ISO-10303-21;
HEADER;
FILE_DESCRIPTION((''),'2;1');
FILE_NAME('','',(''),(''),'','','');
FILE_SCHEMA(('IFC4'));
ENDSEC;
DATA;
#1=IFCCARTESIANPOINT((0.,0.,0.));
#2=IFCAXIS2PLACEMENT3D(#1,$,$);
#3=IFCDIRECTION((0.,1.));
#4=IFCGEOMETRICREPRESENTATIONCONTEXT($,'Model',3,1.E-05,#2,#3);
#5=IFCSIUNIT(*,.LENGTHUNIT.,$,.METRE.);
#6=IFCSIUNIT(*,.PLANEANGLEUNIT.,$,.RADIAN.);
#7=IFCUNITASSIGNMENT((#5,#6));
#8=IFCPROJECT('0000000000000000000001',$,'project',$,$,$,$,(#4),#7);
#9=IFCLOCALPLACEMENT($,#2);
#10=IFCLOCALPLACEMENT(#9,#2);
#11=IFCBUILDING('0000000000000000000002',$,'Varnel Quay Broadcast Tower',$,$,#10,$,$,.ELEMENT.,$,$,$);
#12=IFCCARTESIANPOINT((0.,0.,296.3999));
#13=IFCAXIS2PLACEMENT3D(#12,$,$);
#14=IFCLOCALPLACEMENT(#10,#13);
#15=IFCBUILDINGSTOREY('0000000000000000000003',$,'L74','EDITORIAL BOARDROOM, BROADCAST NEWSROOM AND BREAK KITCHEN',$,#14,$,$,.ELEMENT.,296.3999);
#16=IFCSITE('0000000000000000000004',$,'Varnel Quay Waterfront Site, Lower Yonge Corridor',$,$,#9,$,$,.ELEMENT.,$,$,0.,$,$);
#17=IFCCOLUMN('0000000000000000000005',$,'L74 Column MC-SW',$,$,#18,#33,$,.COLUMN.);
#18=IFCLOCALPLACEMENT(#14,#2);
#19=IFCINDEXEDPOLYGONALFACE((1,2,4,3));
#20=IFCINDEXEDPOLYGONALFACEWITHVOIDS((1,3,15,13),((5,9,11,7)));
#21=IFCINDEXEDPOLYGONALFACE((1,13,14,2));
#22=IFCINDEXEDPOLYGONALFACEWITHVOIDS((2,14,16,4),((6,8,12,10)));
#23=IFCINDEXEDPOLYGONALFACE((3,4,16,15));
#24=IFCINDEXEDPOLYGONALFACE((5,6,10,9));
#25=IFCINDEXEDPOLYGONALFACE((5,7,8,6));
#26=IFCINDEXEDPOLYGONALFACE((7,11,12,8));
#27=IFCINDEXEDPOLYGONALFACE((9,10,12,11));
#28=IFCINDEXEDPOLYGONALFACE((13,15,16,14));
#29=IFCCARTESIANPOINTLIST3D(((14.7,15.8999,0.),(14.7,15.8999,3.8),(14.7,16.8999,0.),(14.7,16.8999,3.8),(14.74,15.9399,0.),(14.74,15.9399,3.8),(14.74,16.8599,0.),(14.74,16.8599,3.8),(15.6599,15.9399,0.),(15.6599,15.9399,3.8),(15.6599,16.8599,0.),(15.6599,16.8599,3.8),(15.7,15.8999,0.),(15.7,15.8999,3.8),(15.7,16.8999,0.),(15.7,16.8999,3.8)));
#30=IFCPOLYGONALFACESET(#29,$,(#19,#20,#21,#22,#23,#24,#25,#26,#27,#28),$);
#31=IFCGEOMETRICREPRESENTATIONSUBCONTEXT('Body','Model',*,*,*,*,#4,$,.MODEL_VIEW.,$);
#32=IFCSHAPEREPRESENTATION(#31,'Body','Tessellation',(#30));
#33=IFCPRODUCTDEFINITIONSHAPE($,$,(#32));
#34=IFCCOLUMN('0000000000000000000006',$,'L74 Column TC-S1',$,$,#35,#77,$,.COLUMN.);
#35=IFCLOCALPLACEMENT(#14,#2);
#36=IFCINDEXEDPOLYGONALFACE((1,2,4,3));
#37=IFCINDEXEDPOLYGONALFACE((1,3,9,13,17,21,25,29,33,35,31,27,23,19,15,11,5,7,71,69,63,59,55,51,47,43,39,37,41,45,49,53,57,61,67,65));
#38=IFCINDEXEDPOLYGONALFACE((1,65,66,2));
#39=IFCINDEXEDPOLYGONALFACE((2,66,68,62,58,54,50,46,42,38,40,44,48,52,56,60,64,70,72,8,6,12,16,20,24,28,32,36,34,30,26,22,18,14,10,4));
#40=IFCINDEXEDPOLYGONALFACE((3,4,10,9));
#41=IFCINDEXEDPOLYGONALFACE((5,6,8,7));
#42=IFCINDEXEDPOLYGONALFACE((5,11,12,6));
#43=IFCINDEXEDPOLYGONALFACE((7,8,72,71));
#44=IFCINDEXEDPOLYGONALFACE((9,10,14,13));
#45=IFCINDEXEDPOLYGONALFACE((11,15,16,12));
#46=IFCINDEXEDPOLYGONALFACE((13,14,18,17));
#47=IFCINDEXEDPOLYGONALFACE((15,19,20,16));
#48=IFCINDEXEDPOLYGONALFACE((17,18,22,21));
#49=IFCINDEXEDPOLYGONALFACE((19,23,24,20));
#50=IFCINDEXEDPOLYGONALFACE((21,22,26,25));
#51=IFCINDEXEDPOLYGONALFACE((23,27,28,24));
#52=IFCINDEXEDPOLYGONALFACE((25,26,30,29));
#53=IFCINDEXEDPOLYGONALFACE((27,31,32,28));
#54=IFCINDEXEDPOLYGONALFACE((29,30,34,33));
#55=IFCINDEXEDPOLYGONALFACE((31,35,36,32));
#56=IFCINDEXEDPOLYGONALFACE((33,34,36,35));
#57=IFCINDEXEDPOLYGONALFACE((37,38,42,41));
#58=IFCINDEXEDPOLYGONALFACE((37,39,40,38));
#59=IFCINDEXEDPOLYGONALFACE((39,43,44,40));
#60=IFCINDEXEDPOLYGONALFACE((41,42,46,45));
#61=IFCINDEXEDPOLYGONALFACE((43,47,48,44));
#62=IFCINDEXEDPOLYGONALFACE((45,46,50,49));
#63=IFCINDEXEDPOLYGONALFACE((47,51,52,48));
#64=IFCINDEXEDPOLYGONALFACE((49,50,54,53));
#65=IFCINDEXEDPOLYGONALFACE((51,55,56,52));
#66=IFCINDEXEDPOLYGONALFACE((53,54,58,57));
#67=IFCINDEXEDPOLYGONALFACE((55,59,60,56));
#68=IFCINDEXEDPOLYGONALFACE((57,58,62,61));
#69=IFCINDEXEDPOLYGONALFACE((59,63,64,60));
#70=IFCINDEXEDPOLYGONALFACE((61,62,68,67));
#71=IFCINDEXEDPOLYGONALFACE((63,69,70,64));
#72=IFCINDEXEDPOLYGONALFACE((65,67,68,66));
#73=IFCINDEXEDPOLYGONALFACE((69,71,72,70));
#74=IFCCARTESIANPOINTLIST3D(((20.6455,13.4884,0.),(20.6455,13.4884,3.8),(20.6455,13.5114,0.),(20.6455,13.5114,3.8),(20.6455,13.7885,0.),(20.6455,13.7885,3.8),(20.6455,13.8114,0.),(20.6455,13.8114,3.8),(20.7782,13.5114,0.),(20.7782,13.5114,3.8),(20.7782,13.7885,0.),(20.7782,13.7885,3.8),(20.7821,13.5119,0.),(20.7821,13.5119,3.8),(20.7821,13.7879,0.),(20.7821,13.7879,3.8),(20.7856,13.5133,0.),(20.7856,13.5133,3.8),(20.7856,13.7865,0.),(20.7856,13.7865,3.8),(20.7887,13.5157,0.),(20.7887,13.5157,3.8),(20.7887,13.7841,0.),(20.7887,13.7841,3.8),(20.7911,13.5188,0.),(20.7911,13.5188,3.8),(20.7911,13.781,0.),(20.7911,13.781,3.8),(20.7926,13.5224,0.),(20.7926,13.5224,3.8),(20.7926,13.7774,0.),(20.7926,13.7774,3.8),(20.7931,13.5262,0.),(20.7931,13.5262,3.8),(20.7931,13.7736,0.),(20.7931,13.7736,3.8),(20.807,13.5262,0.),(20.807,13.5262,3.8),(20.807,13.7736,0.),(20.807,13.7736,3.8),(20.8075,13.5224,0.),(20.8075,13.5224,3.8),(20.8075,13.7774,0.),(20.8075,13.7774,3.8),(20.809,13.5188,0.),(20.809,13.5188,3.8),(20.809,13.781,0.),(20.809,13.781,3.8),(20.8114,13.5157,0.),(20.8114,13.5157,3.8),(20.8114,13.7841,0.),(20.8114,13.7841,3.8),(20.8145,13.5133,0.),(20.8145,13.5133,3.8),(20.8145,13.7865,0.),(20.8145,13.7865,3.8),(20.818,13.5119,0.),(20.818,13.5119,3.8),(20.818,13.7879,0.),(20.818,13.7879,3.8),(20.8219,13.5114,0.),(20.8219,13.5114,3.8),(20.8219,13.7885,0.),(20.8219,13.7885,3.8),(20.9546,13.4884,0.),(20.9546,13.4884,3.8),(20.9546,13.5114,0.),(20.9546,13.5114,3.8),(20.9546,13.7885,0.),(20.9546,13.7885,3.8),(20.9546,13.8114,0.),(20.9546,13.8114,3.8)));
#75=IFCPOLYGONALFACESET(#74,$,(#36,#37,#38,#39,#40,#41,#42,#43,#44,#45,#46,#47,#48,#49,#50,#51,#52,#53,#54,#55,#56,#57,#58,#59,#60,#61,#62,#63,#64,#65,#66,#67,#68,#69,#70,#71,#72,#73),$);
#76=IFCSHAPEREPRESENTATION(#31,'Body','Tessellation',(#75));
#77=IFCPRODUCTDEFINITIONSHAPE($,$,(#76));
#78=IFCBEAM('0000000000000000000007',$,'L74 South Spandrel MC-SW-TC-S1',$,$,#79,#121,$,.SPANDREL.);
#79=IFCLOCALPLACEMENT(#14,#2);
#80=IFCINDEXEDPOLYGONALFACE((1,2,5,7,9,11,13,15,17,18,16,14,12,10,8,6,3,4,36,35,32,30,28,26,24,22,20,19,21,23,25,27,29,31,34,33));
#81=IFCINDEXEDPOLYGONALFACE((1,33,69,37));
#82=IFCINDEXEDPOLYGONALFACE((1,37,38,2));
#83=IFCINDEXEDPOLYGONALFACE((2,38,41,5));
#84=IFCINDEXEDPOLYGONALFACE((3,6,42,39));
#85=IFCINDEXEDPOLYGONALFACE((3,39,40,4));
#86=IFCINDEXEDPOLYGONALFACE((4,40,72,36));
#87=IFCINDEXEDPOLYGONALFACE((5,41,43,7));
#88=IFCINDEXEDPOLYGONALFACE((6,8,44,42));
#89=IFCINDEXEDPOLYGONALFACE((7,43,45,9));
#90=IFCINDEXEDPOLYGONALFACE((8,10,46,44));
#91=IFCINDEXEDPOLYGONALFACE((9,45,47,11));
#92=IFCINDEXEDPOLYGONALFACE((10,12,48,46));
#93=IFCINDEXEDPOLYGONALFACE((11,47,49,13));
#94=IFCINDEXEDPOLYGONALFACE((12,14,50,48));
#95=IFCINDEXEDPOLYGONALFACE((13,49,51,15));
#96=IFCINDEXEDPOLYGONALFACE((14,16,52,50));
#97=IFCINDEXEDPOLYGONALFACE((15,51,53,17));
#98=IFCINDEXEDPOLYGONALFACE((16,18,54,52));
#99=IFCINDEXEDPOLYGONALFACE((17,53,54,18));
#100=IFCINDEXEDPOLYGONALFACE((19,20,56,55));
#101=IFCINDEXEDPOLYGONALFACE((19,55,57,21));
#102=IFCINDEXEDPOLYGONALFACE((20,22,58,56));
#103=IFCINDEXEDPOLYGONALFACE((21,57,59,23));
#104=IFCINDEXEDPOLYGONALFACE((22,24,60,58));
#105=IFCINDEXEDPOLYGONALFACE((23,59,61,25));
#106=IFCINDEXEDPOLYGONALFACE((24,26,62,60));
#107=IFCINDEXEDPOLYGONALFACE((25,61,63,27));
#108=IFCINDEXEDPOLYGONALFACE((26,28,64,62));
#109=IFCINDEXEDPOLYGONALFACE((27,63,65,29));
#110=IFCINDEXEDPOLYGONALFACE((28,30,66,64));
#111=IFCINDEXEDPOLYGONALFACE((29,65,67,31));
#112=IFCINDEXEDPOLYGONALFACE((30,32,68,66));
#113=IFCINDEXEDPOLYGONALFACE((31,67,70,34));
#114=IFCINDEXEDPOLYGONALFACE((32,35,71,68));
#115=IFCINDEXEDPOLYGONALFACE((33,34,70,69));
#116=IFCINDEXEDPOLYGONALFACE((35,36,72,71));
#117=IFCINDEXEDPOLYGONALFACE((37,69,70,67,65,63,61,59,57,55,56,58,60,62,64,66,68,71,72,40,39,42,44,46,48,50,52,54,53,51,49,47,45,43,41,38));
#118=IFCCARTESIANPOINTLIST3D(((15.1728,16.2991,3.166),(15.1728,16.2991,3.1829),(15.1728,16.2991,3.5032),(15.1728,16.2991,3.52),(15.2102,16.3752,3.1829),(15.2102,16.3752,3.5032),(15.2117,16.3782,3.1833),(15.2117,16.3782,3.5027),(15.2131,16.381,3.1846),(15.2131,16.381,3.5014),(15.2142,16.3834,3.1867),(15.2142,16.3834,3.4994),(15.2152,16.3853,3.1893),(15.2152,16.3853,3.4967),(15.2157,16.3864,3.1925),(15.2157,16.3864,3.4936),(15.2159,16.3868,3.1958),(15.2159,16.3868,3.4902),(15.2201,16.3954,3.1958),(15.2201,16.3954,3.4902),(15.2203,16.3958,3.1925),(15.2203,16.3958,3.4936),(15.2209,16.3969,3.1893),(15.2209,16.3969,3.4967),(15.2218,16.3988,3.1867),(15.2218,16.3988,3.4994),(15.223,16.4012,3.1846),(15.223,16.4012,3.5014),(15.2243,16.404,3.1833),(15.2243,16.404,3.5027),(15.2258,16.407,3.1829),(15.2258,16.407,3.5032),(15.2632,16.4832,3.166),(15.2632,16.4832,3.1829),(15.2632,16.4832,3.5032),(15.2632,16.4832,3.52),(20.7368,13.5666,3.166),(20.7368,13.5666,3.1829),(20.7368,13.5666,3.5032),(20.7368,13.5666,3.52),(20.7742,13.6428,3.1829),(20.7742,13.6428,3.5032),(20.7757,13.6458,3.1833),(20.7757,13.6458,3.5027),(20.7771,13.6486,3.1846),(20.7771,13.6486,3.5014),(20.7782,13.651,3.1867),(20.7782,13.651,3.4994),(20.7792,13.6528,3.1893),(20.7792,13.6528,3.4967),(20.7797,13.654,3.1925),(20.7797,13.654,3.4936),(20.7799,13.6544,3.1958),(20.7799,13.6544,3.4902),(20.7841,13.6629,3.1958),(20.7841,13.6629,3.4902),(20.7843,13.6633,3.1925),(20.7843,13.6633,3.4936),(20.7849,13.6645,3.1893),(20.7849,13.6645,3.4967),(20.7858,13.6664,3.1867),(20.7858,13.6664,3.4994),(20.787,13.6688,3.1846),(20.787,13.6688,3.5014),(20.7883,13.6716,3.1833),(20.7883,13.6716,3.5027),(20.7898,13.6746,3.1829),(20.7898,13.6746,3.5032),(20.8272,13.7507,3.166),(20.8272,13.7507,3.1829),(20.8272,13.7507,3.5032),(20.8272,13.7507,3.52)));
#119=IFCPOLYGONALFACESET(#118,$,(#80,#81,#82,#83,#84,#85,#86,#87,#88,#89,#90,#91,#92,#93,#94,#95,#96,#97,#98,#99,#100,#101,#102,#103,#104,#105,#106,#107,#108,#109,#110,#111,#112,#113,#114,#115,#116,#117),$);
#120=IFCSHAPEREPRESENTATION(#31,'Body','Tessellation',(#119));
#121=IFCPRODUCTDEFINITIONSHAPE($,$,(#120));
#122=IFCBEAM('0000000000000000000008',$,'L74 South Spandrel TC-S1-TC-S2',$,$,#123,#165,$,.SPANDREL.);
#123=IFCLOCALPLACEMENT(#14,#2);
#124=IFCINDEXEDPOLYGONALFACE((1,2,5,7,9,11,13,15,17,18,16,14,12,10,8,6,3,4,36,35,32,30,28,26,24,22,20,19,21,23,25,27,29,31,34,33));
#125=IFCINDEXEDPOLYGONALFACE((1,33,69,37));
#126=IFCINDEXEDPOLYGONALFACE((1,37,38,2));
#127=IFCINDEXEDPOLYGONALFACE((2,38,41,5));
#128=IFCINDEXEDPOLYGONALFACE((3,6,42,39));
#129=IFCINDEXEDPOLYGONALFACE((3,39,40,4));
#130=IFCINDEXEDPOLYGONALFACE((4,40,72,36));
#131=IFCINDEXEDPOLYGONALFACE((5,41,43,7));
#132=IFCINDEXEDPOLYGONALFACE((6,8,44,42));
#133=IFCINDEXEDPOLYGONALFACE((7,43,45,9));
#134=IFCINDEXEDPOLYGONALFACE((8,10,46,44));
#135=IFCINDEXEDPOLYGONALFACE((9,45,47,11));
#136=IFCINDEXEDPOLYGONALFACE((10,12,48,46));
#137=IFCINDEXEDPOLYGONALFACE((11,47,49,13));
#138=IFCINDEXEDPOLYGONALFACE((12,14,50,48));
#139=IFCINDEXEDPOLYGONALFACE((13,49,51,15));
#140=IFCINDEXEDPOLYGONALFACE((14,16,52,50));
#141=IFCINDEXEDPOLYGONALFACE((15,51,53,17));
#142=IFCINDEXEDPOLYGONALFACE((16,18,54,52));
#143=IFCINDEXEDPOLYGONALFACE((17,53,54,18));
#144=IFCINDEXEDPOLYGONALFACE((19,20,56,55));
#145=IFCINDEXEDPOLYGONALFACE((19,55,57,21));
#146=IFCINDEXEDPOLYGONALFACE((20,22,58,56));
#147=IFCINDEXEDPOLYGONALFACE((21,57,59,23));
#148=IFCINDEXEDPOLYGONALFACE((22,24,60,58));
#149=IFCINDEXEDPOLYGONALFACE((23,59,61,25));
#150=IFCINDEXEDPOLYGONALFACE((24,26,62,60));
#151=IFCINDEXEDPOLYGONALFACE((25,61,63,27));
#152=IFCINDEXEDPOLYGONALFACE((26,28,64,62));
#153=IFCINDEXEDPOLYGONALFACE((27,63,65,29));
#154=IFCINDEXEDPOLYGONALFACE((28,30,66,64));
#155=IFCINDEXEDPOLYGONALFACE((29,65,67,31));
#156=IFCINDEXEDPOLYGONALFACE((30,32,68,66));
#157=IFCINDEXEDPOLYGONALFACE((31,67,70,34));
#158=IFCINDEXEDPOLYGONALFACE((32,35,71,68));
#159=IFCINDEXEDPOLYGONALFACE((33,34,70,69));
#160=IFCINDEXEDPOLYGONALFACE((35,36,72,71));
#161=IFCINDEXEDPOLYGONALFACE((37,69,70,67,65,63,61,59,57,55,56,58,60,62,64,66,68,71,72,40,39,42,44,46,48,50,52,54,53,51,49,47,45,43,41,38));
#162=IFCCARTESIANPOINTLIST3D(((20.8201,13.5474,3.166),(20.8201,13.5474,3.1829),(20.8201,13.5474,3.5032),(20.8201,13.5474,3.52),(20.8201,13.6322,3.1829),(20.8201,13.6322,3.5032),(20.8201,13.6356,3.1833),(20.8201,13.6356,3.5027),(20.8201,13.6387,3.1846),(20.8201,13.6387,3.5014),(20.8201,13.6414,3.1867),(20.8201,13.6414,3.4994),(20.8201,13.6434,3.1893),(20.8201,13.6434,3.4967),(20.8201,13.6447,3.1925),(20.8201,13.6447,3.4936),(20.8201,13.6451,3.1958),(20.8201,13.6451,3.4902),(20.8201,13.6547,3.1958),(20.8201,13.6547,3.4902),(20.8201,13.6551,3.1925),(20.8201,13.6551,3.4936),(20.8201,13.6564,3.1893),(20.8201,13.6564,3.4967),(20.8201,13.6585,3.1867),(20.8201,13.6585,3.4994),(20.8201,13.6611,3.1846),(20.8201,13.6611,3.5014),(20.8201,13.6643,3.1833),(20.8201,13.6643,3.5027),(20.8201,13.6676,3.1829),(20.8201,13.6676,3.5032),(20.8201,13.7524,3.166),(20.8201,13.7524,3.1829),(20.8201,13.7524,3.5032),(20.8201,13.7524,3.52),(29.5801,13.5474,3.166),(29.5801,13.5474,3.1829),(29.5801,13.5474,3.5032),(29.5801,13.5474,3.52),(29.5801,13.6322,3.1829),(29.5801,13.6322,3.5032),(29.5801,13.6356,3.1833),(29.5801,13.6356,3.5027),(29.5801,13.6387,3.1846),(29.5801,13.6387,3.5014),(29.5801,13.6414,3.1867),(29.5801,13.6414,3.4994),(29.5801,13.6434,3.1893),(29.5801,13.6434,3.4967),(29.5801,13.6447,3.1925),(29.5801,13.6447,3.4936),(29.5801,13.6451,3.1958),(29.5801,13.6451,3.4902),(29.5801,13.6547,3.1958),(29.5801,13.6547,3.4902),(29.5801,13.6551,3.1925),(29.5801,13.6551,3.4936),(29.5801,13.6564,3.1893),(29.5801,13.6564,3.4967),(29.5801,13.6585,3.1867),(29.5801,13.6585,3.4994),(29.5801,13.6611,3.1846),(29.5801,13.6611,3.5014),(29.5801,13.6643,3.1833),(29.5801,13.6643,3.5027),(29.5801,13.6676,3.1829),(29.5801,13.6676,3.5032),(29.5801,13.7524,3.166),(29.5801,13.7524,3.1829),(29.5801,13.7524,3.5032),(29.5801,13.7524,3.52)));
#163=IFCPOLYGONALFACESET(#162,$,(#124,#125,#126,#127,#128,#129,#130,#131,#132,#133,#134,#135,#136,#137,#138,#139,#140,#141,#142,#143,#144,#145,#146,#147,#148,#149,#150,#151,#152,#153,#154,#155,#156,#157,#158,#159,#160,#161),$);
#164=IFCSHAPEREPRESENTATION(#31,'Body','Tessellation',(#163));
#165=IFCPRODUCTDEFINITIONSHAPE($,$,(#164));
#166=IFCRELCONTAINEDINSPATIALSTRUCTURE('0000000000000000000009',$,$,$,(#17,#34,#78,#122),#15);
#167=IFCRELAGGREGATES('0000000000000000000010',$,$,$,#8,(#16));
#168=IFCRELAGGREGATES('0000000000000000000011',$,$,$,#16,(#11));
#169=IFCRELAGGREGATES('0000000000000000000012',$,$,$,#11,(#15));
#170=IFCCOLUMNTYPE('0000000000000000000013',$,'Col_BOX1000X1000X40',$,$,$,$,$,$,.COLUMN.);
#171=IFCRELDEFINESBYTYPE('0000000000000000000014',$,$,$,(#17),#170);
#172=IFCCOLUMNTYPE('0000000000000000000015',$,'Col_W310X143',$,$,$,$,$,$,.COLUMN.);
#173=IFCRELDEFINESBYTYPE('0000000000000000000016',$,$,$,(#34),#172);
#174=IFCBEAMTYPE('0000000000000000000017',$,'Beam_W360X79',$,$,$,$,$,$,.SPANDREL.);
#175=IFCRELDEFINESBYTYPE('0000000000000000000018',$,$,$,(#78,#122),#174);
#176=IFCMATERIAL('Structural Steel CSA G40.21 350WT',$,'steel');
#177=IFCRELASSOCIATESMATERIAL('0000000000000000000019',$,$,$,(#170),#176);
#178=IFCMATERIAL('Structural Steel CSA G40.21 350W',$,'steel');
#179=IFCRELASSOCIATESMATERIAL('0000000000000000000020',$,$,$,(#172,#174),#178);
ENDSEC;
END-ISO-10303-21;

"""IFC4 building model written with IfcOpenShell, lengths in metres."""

from ifc_helpers import new_model, si_unit, direction, frame, origin, origin_2d, place, context, subcontext, project, spatial, hollow_rectangle, i_section, extrude, source, transform, mapped, material, material_profile, profile_set, type_object, type_shapes, element, save


model = new_model("IFC4")

# Units and contexts
model_context = context("Model", 3, precision=1e-05, world=origin(), true_north=direction((0.0, 1.0)))
body_context = subcontext(model_context, "Body", "Model", "MODEL_VIEW")
ifc_project = project(units=[si_unit("LENGTHUNIT", "METRE"), si_unit("PLANEANGLEUNIT", "RADIAN")], contexts=[model_context])

# Site, building, storey
site_placement = place(None, origin())
site = spatial("IfcSite", under=ifc_project, at=site_placement, Name="Varnel Quay Waterfront Site, Lower Yonge Corridor", CompositionType="ELEMENT", RefElevation=0.0)
building_placement = place(site_placement, origin())
building = spatial("IfcBuilding", under=site, at=building_placement, Name="Varnel Quay Broadcast Tower", CompositionType="ELEMENT")
storey_placement = place(building_placement, frame((0.0, 0.0, 296.3999)))
storey = spatial("IfcBuildingStorey", under=building, at=storey_placement, Name="L74", Description="EDITORIAL BOARDROOM, BROADCAST NEWSROOM AND BREAK KITCHEN", CompositionType="ELEMENT", Elevation=296.3999)

# Columns
ifc_material_1 = material(Name="Structural Steel CSA G40.21 350WT", Category="steel")
ifc_material_profile_1 = material_profile(ifc_material_1, hollow_rectangle(XDim=1.0, YDim=1.0, WallThickness=0.04, at=origin_2d()), Name="BOX1000X1000X40")
ifc_profile_set_1 = profile_set([ifc_material_profile_1], Name="Structural Steel CSA G40.21 350WT")
column_type_1 = type_object("IfcColumnType", Name="Col_BOX1000X1000X40", PredefinedType="COLUMN", material=ifc_profile_set_1)
shared_shape_1 = source(origin(), body_context, "Body", "SweptSolid", [
    extrude(hollow_rectangle(XDim=1.0, YDim=1.0, WallThickness=0.04, at=origin_2d()), origin(), (0.0, 0.0, 1.0), 3.8),
])
type_shapes(column_type_1, [shared_shape_1])
column_1_placement = place(storey_placement, frame((15.2, 16.3999, 0.0), z_axis=(0.0, 0.0, 1.0), x_axis=(1.0, 0.0, 0.0)))
element("IfcColumn", 1, at=column_1_placement, inside=storey, type_object=column_type_1, Name="L74 Column MC-SW", PredefinedType="COLUMN", context=body_context, shape_type="MappedRepresentation", body=[
    mapped(shared_shape_1, transform((0.0, 0.0, 0.0), x_axis=(1.0, 0.0, 0.0), y_axis=(0.0, 1.0, 0.0), z_axis=(0.0, 0.0, 1.0), scale=1.0)),
])
ifc_material_2 = material(Name="Structural Steel CSA G40.21 350W", Category="steel")
ifc_material_profile_2 = material_profile(ifc_material_2, i_section(OverallWidth=0.3091, OverallDepth=0.323, WebThickness=0.0139, FlangeThickness=0.0229, FilletRadius=0.0149, at=origin_2d()), Name="W310X143")
ifc_profile_set_2 = profile_set([ifc_material_profile_2], Name="Structural Steel CSA G40.21 350W")
column_type_2 = type_object("IfcColumnType", Name="Col_W310X143", PredefinedType="COLUMN", material=ifc_profile_set_2)
shared_shape_2 = source(origin(), body_context, "Body", "SweptSolid", [
    extrude(i_section(OverallWidth=0.3091, OverallDepth=0.323, WebThickness=0.0139, FlangeThickness=0.0229, FilletRadius=0.0149, at=origin_2d()), origin(), (0.0, 0.0, 1.0), 3.8),
])
type_shapes(column_type_2, [shared_shape_2])
column_2_placement = place(storey_placement, frame((20.8, 13.6499, 0.0), z_axis=(0.0, 0.0, 1.0), x_axis=(1.0, 0.0, 0.0)))
element("IfcColumn", 2, at=column_2_placement, inside=storey, type_object=column_type_2, Name="L74 Column TC-S1", PredefinedType="COLUMN", context=body_context, shape_type="MappedRepresentation", body=[
    mapped(shared_shape_2, transform((0.0, 0.0, 0.0), x_axis=(1.0, 0.0, 0.0), y_axis=(0.0, 1.0, 0.0), z_axis=(0.0, 0.0, 1.0), scale=1.0)),
])

# Beams
ifc_material_profile_3 = material_profile(ifc_material_2, i_section(OverallWidth=0.2051, OverallDepth=0.354, WebThickness=0.0095, FlangeThickness=0.0168, FilletRadius=0.0129, at=origin_2d()), Name="W360X79")
ifc_profile_set_3 = profile_set([ifc_material_profile_3], Name="Structural Steel CSA G40.21 350W")
beam_type_1 = type_object("IfcBeamType", Name="Beam_W360X79", PredefinedType="SPANDREL", material=ifc_profile_set_3)
shared_shape_3 = source(origin(), body_context, "Body", "SweptSolid", [
    extrude(i_section(OverallWidth=0.2051, OverallDepth=0.354, WebThickness=0.0095, FlangeThickness=0.0168, FilletRadius=0.0129, at=origin_2d()), origin(), (0.0, 0.0, 1.0), 6.1987),
])
beam_1_placement = place(storey_placement, frame((15.218, 16.3911, 3.343), z_axis=(0.897602, -0.440806, 0.0), x_axis=(0.440806, 0.897602, 0.0)))
element("IfcBeam", 3, at=beam_1_placement, inside=storey, type_object=beam_type_1, Name="L74 South Spandrel MC-SW-TC-S1", PredefinedType="SPANDREL", context=body_context, shape_type="MappedRepresentation", body=[
    mapped(shared_shape_3, transform((0.0, 0.0, 0.0), x_axis=(1.0, 0.0, 0.0), y_axis=(0.0, 1.0, 0.0), z_axis=(0.0, 0.0, 1.0), scale=1.0)),
])
shared_shape_4 = source(origin(), body_context, "Body", "SweptSolid", [
    extrude(i_section(OverallWidth=0.2051, OverallDepth=0.354, WebThickness=0.0095, FlangeThickness=0.0168, FilletRadius=0.0129, at=origin_2d()), origin(), (0.0, 0.0, 1.0), 8.76),
])
type_shapes(beam_type_1, [shared_shape_3, shared_shape_4])
beam_2_placement = place(storey_placement, frame((20.8201, 13.6499, 3.343), z_axis=(1.0, 0.0, 0.0), x_axis=(0.0, 1.0, 0.0)))
element("IfcBeam", 4, at=beam_2_placement, inside=storey, type_object=beam_type_1, Name="L74 South Spandrel TC-S1-TC-S2", PredefinedType="SPANDREL", context=body_context, shape_type="MappedRepresentation", body=[
    mapped(shared_shape_4, transform((0.0, 0.0, 0.0), x_axis=(1.0, 0.0, 0.0), y_axis=(0.0, 1.0, 0.0), z_axis=(0.0, 0.0, 1.0), scale=1.0)),
])

save(model, "model.ifc")
